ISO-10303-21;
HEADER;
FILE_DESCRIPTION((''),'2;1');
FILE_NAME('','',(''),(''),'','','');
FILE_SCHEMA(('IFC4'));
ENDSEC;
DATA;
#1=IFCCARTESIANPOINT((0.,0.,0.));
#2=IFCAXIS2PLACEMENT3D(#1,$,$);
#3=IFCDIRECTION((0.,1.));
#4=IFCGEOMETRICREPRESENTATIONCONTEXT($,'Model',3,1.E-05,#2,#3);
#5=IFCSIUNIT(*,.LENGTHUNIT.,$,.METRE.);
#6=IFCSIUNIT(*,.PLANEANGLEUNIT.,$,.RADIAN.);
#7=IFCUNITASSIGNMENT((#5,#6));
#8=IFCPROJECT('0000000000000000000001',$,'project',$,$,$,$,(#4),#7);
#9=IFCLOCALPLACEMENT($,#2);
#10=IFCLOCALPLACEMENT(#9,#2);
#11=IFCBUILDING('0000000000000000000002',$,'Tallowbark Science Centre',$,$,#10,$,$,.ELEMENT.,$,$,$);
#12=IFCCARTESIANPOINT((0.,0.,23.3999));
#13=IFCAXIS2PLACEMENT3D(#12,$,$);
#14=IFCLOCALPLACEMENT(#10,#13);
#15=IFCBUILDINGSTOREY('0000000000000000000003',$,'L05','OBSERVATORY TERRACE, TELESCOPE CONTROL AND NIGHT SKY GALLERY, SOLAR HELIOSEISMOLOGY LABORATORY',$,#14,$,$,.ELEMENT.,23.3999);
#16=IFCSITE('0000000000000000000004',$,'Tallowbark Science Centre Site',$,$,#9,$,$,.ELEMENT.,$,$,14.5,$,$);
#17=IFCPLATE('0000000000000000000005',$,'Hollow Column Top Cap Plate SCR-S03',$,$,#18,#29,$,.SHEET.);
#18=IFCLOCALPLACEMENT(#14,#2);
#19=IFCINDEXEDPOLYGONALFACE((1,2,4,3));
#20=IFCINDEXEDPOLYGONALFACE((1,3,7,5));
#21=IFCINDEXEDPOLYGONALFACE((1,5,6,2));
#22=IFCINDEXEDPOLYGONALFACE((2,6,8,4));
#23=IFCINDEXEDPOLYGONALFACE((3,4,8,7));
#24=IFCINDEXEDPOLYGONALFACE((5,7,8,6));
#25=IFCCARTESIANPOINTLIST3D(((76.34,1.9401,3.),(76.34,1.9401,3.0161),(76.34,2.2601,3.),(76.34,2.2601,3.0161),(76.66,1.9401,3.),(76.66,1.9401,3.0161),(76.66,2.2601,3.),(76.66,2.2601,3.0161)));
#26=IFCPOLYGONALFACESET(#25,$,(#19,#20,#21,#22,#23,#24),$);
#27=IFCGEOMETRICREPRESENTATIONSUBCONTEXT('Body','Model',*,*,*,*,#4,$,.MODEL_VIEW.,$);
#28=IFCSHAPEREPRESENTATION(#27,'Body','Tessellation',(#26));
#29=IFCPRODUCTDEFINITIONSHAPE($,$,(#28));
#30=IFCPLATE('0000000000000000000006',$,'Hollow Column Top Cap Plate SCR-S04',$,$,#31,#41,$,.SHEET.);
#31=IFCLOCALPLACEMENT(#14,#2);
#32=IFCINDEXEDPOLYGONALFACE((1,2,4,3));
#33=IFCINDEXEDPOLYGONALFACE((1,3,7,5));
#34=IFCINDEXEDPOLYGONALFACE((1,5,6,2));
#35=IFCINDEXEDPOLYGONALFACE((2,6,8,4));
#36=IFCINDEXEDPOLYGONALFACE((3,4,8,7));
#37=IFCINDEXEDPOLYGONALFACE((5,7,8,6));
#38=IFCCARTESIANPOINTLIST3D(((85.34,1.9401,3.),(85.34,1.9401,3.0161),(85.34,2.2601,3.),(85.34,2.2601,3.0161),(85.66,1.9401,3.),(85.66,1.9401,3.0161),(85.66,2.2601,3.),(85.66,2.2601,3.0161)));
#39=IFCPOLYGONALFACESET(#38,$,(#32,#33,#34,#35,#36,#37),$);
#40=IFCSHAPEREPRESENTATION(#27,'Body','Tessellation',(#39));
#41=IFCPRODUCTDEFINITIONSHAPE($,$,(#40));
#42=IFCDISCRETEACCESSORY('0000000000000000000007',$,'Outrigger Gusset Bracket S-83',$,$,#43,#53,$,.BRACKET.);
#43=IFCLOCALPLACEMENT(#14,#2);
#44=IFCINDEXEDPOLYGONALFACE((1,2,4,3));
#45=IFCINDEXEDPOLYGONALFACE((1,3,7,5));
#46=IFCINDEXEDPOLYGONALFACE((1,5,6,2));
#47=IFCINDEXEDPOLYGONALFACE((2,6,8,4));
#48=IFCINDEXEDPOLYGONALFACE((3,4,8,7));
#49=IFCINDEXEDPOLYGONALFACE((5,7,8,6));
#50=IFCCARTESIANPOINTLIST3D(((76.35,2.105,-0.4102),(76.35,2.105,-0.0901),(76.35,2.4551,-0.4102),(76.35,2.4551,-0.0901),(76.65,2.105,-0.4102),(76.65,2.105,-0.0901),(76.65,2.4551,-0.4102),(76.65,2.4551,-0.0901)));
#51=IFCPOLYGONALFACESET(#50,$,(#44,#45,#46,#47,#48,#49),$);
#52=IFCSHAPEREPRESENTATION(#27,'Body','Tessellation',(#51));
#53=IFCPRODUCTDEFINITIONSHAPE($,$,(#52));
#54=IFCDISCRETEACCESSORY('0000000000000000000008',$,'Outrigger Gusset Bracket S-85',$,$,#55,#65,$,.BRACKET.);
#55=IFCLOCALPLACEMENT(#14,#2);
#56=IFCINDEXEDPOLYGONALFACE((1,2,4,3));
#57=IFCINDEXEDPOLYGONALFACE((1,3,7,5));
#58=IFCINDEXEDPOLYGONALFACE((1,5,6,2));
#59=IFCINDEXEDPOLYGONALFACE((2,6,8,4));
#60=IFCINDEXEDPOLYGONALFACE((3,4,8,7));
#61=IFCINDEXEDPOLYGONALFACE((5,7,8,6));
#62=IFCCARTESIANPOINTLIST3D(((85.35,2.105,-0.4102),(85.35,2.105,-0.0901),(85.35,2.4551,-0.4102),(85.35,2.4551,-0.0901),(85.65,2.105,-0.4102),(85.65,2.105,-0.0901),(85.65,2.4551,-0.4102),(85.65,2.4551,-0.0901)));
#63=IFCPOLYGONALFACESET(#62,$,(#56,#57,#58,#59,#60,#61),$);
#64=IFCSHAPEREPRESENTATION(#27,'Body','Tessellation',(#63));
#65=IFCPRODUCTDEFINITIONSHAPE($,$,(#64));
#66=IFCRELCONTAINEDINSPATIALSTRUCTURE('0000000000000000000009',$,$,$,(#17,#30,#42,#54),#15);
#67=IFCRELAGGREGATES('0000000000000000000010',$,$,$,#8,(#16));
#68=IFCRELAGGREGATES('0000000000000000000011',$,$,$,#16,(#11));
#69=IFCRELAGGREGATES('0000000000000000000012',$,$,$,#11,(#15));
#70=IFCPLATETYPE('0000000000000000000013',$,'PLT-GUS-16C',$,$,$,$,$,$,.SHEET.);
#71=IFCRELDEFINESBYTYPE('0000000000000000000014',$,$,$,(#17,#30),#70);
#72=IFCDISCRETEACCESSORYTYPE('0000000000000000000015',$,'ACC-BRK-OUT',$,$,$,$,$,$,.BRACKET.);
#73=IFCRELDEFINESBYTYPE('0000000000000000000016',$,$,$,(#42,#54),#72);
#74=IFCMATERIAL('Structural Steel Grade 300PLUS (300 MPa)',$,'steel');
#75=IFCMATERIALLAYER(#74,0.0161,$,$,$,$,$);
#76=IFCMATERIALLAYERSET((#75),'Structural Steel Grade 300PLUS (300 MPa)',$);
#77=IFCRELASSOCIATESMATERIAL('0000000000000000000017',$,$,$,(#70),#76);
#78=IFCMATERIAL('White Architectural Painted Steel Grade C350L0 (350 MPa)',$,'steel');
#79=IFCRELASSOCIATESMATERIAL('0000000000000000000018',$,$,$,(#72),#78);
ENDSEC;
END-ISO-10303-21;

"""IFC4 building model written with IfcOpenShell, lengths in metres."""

from ifc_helpers import new_model, si_unit, direction, frame, origin, origin_2d, place, context, subcontext, project, spatial, rectangle, extrude, material, layer, layer_set, type_object, element, save


model = new_model("IFC4")

# Units and contexts
model_context = context("Model", 3, precision=1e-05, world=origin(), true_north=direction((0.0, 1.0)))
body_context = subcontext(model_context, "Body", "Model", "MODEL_VIEW")
ifc_project = project(units=[si_unit("LENGTHUNIT", "METRE"), si_unit("PLANEANGLEUNIT", "RADIAN")], contexts=[model_context])

# Site, building, storey
site_placement = place(None, origin())
site = spatial("IfcSite", under=ifc_project, at=site_placement, Name="Tallowbark Science Centre Site", CompositionType="ELEMENT", RefElevation=14.5)
building_placement = place(site_placement, origin())
building = spatial("IfcBuilding", under=site, at=building_placement, Name="Tallowbark Science Centre", CompositionType="ELEMENT")
storey_placement = place(building_placement, frame((0.0, 0.0, 23.3999)))
storey = spatial("IfcBuildingStorey", under=building, at=storey_placement, Name="L05", Description="OBSERVATORY TERRACE, TELESCOPE CONTROL AND NIGHT SKY GALLERY, SOLAR HELIOSEISMOLOGY LABORATORY", CompositionType="ELEMENT", Elevation=23.3999)

# Shared definitions
ifc_material_1 = material(Name="White Architectural Painted Steel Grade C350L0 (350 MPa)", Category="steel")
ifc_material_2 = material(Name="Structural Steel Grade 300PLUS (300 MPa)", Category="steel")

# Plates
ifc_layer = layer(ifc_material_2, 0.0161)
ifc_layer_set = layer_set([ifc_layer], Name="Structural Steel Grade 300PLUS (300 MPa)")
plate_type = type_object("IfcPlateType", Name="PLT-GUS-16C", PredefinedType="SHEET", material=ifc_layer_set)
for number, where, z_axis, x_axis, name in (
    (1, (76.5, 2.1001, 3.0), (0.0, 0.0, 1.0), (1.0, 0.0, 0.0), "Hollow Column Top Cap Plate SCR-S03"),
    (2, (85.5, 2.1001, 3.0), (0.0, 0.0, 1.0), (1.0, 0.0, 0.0), "Hollow Column Top Cap Plate SCR-S04"),
):
    element("IfcPlate", number, at=place(storey_placement, frame(where, z_axis=z_axis, x_axis=x_axis)), inside=storey, type_object=plate_type, Name=name, PredefinedType="SHEET", context=body_context, shape_type="SweptSolid", body=[
        extrude(rectangle(XDim=0.3201, YDim=0.3201, at=origin_2d()), origin(), (0.0, 0.0, 1.0), 0.0161),
    ])

# Discrete accessories
discrete_accessory_type = type_object("IfcDiscreteAccessoryType", Name="ACC-BRK-OUT", PredefinedType="BRACKET", material=ifc_material_1)
for number, where, z_axis, x_axis, name in (
    (3, (76.5, 2.28, -0.4102), (0.0, 0.0, 1.0), (1.0, 0.0, 0.0), "Outrigger Gusset Bracket S-83"),
    (4, (85.5, 2.28, -0.4102), (0.0, 0.0, 1.0), (1.0, 0.0, 0.0), "Outrigger Gusset Bracket S-85"),
):
    element("IfcDiscreteAccessory", number, at=place(storey_placement, frame(where, z_axis=z_axis, x_axis=x_axis)), inside=storey, type_object=discrete_accessory_type, Name=name, PredefinedType="BRACKET", context=body_context, shape_type="SweptSolid", body=[
        extrude(rectangle(XDim=0.3, YDim=0.3501, at=origin_2d()), origin(), (0.0, 0.0, 1.0), 0.3201),
    ])

save(model, "model.ifc")
